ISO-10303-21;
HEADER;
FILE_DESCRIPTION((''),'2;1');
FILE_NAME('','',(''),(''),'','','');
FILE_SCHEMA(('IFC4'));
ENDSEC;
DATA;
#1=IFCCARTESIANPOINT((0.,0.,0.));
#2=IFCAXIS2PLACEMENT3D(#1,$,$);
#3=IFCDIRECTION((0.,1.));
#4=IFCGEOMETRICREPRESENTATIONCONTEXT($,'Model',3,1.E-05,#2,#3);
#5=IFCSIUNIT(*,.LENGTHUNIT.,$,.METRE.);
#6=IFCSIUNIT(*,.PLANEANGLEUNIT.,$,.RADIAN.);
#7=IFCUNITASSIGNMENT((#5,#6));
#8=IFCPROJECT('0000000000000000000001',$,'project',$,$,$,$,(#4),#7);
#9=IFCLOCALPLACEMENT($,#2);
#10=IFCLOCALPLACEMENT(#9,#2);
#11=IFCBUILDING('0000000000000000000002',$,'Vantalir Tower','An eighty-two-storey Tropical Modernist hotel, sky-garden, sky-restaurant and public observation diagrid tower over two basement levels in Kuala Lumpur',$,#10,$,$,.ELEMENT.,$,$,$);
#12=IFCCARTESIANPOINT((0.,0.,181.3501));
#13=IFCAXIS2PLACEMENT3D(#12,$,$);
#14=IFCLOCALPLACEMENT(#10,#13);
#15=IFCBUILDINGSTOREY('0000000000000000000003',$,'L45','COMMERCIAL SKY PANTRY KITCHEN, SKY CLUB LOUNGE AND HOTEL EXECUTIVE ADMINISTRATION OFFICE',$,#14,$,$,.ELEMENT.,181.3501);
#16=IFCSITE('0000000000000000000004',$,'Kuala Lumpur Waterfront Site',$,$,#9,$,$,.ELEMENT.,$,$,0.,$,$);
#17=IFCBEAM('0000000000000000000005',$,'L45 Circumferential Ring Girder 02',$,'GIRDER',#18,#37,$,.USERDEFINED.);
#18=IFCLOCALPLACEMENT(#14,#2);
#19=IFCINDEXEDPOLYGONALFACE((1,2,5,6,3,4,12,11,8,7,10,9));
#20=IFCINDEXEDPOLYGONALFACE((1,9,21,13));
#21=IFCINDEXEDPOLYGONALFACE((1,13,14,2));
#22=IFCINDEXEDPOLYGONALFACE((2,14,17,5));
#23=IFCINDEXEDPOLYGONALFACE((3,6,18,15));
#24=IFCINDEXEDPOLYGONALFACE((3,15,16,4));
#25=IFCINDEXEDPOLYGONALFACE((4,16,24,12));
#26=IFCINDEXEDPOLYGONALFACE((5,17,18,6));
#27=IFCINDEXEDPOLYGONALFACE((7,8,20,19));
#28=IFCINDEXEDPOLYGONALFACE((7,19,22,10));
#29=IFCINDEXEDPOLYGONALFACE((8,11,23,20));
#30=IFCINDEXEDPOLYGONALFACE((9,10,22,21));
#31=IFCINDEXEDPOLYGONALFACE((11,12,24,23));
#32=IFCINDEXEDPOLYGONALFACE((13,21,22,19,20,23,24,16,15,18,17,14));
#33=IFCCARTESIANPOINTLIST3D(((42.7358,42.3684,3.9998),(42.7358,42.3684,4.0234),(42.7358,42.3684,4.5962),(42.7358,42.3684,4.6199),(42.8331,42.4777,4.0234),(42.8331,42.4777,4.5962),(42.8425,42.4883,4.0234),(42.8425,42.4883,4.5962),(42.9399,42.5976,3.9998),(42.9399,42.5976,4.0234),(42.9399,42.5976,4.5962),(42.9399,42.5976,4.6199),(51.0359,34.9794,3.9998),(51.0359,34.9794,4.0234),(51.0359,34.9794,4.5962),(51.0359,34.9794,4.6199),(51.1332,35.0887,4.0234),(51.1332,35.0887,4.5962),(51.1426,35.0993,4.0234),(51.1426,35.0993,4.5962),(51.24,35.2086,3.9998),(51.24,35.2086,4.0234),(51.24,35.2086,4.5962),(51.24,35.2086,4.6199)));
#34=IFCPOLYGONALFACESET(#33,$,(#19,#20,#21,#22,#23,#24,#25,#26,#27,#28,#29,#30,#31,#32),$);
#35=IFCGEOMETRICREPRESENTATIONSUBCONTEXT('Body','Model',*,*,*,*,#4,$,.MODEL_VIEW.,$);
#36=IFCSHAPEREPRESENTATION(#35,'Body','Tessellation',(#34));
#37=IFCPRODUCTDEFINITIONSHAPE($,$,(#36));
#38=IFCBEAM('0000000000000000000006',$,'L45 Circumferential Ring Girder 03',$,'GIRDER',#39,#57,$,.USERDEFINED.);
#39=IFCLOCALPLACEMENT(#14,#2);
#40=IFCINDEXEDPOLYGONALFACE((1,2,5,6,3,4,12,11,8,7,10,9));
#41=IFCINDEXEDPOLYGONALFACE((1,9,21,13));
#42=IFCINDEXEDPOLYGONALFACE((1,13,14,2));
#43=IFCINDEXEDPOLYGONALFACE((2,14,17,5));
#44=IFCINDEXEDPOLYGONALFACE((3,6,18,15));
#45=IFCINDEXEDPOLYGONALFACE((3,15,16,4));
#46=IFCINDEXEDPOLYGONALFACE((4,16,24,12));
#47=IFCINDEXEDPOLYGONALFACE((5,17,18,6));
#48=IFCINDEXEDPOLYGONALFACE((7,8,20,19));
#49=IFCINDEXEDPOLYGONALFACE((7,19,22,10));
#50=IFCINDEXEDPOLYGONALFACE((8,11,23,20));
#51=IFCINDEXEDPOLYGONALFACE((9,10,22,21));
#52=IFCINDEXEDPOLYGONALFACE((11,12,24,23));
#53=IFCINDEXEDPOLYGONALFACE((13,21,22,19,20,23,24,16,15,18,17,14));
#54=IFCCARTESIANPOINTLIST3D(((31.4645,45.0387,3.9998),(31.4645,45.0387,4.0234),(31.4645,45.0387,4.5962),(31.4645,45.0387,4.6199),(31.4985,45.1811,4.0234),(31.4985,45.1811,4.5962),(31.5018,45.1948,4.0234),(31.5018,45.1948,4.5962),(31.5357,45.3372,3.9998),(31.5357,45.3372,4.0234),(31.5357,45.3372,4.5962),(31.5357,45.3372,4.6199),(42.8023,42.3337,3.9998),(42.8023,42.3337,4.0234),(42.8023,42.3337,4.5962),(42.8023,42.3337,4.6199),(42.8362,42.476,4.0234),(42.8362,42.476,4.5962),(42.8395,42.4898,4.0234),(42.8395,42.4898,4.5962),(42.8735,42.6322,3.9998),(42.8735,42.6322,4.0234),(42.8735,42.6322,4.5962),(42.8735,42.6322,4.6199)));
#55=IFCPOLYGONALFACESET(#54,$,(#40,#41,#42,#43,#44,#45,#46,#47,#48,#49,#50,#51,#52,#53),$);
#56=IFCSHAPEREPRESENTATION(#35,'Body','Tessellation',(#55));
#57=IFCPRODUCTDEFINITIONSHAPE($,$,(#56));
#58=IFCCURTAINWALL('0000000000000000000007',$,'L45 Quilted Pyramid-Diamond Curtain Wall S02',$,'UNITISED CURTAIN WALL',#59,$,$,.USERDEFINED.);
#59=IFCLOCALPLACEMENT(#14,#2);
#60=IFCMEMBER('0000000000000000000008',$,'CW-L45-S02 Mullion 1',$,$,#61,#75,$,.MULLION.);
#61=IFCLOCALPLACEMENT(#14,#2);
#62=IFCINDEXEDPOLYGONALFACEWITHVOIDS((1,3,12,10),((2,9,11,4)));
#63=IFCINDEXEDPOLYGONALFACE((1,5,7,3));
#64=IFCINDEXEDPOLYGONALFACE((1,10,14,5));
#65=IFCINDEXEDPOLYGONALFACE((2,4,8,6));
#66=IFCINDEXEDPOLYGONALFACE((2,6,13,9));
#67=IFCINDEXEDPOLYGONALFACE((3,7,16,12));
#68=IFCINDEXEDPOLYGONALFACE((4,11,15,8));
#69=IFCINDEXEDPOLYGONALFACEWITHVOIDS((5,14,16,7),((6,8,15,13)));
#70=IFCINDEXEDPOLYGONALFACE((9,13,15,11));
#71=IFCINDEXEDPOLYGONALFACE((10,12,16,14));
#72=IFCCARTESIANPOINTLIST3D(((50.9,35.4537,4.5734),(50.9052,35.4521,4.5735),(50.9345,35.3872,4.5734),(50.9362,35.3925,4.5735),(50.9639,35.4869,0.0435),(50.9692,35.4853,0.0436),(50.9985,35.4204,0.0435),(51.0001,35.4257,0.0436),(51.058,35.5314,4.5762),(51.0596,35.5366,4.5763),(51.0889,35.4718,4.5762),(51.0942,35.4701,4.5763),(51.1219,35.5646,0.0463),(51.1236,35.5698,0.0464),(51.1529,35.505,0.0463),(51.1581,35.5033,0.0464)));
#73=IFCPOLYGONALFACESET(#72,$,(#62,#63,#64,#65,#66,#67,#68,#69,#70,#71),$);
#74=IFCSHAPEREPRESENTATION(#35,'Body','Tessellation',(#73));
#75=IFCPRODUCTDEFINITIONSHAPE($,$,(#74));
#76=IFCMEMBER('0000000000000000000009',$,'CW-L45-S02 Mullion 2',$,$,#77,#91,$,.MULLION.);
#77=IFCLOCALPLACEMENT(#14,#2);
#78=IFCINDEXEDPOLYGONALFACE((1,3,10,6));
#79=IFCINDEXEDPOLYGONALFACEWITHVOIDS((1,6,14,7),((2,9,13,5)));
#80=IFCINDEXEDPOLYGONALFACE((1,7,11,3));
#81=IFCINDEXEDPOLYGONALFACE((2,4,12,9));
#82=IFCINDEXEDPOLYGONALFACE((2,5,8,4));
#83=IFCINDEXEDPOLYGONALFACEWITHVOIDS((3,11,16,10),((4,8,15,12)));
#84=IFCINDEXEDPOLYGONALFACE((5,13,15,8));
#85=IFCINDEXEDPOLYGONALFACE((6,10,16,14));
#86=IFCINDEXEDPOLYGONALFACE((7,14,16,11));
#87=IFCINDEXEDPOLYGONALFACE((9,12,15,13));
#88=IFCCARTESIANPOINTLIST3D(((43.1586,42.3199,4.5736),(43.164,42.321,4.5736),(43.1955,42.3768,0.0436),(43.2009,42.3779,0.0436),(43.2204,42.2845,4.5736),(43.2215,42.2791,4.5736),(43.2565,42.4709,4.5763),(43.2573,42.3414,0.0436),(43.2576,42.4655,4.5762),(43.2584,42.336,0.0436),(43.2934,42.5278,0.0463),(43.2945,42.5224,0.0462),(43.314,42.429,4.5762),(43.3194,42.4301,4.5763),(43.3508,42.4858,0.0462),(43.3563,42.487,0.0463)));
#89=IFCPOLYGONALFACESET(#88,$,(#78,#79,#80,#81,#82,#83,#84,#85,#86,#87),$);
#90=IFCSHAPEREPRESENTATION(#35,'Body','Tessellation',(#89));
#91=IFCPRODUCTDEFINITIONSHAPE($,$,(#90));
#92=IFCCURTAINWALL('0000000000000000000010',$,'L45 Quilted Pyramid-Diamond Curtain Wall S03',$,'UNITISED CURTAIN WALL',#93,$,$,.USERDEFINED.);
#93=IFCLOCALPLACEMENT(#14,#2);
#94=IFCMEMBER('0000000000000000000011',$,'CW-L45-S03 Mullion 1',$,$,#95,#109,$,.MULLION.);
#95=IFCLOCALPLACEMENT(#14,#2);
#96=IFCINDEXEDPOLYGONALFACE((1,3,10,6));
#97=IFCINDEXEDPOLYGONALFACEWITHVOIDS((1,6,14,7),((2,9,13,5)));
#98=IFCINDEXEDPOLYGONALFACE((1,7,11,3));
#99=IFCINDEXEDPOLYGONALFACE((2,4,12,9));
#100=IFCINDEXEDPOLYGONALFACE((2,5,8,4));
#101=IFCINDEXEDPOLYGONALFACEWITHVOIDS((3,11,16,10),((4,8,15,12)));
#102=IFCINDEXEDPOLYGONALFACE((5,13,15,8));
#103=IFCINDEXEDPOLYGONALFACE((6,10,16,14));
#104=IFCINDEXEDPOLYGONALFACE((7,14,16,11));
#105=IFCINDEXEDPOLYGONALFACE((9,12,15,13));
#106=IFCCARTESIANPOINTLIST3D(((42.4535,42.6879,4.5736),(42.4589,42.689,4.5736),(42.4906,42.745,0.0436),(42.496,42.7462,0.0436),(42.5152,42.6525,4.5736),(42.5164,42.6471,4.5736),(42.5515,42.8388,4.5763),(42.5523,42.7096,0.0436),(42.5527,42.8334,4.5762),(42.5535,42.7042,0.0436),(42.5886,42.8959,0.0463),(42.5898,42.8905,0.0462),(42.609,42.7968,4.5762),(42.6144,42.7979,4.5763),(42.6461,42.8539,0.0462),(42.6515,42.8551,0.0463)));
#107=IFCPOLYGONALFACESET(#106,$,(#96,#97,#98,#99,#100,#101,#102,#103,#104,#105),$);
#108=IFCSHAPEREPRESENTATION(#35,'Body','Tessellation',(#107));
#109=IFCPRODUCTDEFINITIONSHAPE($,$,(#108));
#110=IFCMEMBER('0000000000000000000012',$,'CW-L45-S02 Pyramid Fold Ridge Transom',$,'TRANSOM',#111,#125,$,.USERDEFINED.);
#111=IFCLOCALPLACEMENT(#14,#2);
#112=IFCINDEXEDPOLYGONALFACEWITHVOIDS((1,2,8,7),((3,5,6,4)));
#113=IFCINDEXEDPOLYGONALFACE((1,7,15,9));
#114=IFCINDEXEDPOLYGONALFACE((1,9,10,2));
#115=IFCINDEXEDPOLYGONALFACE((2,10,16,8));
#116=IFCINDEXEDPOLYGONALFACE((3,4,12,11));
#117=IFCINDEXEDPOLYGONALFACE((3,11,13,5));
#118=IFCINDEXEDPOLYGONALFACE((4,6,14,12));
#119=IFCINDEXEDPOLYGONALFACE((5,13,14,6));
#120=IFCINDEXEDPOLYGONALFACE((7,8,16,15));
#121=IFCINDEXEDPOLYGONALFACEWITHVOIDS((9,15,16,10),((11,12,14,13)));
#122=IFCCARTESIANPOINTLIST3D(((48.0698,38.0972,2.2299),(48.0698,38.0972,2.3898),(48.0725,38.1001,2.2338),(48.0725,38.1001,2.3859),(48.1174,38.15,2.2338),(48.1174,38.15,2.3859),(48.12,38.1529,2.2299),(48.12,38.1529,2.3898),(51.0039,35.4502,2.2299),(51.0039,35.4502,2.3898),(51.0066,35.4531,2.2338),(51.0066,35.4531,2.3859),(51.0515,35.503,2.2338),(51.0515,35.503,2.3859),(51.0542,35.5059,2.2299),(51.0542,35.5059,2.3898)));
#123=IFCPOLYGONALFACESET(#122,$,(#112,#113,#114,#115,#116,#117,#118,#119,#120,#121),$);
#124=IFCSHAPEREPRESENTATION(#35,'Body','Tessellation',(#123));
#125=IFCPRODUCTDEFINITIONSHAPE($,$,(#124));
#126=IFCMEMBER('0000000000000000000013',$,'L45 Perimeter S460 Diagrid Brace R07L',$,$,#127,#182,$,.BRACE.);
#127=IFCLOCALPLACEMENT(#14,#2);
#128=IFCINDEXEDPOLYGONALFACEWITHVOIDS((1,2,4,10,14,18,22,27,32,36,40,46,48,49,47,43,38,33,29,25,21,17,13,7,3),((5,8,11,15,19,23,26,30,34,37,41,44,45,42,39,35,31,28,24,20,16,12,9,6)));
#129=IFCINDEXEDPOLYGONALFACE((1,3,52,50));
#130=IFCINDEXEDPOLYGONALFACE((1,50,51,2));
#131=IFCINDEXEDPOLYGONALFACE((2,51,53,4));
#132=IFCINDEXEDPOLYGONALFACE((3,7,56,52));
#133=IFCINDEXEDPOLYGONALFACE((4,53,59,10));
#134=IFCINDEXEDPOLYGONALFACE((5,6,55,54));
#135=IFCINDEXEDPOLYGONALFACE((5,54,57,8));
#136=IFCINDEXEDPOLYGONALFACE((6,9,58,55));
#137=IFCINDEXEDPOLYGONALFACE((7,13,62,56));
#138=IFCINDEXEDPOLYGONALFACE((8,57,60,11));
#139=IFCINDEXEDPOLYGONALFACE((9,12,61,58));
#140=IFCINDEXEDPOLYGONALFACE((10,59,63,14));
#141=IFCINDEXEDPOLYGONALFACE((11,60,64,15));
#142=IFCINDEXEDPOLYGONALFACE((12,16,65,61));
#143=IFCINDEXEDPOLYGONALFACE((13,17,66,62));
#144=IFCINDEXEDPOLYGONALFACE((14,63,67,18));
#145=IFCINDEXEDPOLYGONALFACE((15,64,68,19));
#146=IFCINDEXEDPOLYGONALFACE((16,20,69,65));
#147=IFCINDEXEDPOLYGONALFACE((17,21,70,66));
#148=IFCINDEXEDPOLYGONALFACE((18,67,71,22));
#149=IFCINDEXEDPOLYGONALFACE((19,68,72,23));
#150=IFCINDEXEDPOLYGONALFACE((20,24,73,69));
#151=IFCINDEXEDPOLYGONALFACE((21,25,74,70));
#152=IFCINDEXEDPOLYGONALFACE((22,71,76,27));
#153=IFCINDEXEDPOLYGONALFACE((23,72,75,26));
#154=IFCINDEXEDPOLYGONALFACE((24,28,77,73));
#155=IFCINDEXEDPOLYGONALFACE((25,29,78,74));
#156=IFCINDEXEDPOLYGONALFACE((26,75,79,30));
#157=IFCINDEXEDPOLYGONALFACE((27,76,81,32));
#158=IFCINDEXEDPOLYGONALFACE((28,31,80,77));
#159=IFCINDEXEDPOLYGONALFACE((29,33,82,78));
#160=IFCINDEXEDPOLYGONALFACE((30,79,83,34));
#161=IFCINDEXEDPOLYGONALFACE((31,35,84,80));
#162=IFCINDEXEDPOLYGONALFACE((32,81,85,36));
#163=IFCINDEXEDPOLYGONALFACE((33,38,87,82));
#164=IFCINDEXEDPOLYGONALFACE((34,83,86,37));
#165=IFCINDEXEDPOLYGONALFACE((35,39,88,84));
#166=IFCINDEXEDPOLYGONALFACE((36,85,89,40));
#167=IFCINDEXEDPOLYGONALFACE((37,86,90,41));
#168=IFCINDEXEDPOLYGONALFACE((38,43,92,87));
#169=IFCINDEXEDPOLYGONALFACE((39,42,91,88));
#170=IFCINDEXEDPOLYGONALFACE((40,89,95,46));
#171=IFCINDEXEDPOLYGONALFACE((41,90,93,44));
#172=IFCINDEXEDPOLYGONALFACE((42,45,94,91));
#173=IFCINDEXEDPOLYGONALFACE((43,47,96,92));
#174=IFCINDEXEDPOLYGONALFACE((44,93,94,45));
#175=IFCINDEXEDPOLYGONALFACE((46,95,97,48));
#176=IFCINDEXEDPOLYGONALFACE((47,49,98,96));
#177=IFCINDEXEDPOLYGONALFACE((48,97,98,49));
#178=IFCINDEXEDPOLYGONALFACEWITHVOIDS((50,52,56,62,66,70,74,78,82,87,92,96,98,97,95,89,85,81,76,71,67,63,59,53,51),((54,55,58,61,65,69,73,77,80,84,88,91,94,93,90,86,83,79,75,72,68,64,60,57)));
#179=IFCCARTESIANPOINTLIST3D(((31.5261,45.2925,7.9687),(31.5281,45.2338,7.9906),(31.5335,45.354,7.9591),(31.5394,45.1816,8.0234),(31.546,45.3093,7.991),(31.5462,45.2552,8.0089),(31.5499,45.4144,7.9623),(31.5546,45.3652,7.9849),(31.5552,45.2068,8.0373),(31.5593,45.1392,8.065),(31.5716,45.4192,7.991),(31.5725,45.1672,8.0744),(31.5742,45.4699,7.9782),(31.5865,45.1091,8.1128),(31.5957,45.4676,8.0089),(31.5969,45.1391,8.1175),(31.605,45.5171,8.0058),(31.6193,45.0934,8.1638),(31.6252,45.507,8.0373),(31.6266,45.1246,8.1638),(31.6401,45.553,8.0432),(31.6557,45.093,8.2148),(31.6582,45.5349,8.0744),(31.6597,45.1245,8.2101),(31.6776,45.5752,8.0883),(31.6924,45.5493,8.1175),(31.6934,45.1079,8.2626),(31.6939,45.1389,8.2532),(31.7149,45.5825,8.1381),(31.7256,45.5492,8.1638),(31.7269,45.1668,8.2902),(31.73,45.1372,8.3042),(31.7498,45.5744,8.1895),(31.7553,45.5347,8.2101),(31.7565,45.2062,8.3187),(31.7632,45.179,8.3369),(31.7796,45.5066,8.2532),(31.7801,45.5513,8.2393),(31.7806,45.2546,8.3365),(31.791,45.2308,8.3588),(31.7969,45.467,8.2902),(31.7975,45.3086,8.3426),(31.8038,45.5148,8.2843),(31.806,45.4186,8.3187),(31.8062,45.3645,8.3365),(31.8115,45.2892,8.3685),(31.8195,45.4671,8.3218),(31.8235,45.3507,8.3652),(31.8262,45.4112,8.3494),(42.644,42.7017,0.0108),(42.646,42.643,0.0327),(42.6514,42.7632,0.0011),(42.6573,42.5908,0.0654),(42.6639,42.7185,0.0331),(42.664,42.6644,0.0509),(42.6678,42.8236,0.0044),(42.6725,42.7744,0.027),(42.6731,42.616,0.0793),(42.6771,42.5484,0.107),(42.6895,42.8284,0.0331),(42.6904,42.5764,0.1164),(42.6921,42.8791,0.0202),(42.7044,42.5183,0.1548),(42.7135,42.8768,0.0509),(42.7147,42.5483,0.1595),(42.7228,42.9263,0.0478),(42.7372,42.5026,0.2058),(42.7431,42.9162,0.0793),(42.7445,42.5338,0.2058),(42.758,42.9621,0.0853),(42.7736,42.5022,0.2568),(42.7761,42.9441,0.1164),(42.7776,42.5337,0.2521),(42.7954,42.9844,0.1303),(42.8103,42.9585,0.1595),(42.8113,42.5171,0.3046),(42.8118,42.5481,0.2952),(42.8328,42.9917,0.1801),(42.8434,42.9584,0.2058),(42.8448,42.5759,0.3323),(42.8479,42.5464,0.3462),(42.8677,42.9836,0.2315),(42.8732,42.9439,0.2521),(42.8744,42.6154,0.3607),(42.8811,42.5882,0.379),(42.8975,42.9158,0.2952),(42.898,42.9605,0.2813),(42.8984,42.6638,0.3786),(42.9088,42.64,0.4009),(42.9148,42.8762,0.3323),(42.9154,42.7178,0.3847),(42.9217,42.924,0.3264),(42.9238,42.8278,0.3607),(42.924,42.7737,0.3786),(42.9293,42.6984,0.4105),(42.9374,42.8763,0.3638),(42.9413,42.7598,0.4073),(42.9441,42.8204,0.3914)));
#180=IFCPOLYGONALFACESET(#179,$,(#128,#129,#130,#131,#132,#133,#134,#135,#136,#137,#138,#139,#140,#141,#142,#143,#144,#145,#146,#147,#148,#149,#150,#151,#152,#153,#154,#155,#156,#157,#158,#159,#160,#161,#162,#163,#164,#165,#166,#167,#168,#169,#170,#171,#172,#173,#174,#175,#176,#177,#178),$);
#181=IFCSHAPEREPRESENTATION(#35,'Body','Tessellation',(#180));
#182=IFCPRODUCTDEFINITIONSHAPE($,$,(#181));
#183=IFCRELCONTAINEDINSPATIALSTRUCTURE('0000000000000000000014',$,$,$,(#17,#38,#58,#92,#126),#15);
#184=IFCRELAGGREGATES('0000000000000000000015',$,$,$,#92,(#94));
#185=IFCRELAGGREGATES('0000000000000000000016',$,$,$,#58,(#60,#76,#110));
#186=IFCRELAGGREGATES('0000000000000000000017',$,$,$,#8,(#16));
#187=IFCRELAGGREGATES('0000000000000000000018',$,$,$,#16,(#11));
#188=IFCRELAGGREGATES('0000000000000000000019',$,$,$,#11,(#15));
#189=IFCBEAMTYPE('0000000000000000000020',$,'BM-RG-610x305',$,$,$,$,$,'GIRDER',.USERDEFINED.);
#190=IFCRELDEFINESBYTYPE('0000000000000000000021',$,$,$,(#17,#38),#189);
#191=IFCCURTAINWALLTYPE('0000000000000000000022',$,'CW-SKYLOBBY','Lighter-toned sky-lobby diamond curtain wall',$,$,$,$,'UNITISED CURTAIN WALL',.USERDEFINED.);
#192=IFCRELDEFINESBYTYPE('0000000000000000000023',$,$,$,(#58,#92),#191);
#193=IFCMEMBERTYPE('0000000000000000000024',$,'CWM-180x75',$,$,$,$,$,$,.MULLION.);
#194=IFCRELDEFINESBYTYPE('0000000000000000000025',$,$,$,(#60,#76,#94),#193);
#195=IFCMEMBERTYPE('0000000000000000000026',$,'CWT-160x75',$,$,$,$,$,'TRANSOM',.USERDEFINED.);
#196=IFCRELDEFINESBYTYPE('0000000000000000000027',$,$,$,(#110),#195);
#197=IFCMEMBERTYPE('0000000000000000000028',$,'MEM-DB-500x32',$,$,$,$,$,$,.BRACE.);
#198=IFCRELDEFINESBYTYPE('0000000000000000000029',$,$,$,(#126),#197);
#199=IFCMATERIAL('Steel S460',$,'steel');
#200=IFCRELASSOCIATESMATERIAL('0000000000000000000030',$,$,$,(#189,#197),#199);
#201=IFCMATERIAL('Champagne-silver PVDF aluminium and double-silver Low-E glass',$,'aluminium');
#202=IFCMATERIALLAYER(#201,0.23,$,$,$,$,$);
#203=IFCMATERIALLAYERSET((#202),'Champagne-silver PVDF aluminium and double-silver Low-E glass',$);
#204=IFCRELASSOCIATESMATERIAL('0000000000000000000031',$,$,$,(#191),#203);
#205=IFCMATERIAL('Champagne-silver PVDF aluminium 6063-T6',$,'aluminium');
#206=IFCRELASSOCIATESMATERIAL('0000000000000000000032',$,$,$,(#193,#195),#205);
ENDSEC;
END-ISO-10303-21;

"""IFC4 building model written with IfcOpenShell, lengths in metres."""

from ifc_helpers import new_model, si_unit, direction, frame, origin, origin_2d, place, context, subcontext, project, spatial, hollow_rectangle, hollow_circle, i_section, extrude, material, layer, layer_set, material_profile, profile_set, type_object, element, aggregate, save


model = new_model("IFC4")

# Units and contexts
model_context = context("Model", 3, precision=1e-05, world=origin(), true_north=direction((0.0, 1.0)))
body_context = subcontext(model_context, "Body", "Model", "MODEL_VIEW")
ifc_project = project(units=[si_unit("LENGTHUNIT", "METRE"), si_unit("PLANEANGLEUNIT", "RADIAN")], contexts=[model_context])

# Site, building, storey
site_placement = place(None, origin())
site = spatial("IfcSite", under=ifc_project, at=site_placement, Name="Kuala Lumpur Waterfront Site", CompositionType="ELEMENT", RefElevation=0.0)
building_placement = place(site_placement, origin())
building = spatial("IfcBuilding", under=site, at=building_placement, Name="Vantalir Tower", Description="An eighty-two-storey Tropical Modernist hotel, sky-garden, sky-restaurant and public observation diagrid tower over two basement levels in Kuala Lumpur", CompositionType="ELEMENT")
storey_placement = place(building_placement, frame((0.0, 0.0, 181.3501)))
storey = spatial("IfcBuildingStorey", under=building, at=storey_placement, Name="L45", Description="COMMERCIAL SKY PANTRY KITCHEN, SKY CLUB LOUNGE AND HOTEL EXECUTIVE ADMINISTRATION OFFICE", CompositionType="ELEMENT", Elevation=181.3501)

# Shared definitions
ifc_material_1 = material(Name="Steel S460", Category="steel")

# Beams
ifc_material_profile_1 = material_profile(ifc_material_1, i_section(OverallWidth=0.3069, OverallDepth=0.6201, WebThickness=0.0142, FlangeThickness=0.0237, at=origin_2d()), Name="Steel S460")
ifc_profile_set_1 = profile_set([ifc_material_profile_1], Name="Steel S460")
beam_type_1 = type_object("IfcBeamType", Name="BM-RG-610x305", ElementType="GIRDER", PredefinedType="USERDEFINED", material=ifc_profile_set_1)
beam_1_placement = place(storey_placement, frame((51.1379, 35.094, 4.3098), z_axis=(-0.746913, 0.664921, 0.0), x_axis=(-0.664921, -0.746913, 0.0)))
element("IfcBeam", 1, at=beam_1_placement, inside=storey, type_object=beam_type_1, Name="L45 Circumferential Ring Girder 02", ObjectType="GIRDER", PredefinedType="USERDEFINED", context=body_context, shape_type="SweptSolid", body=[
    extrude(i_section(OverallWidth=0.3069, OverallDepth=0.6201, WebThickness=0.0142, FlangeThickness=0.0237, at=origin_2d()), origin(), (0.0, 0.0, 1.0), 11.1125),
])
beam_2_placement = place(storey_placement, frame((42.8379, 42.4829, 4.3098), z_axis=(-0.972698, 0.232074, 0.0), x_axis=(-0.232074, -0.972698, 0.0)))
element("IfcBeam", 2, at=beam_2_placement, inside=storey, type_object=beam_type_1, Name="L45 Circumferential Ring Girder 03", ObjectType="GIRDER", PredefinedType="USERDEFINED", context=body_context, shape_type="SweptSolid", body=[
    extrude(i_section(OverallWidth=0.3069, OverallDepth=0.6201, WebThickness=0.0142, FlangeThickness=0.0237, at=origin_2d()), origin(), (0.0, 0.0, 1.0), 11.656),
])

# Curtain wall, members
ifc_material_2 = material(Name="Champagne-silver PVDF aluminium and double-silver Low-E glass", Category="aluminium")
ifc_layer_1 = layer(ifc_material_2, 0.23)
ifc_layer_set_1 = layer_set([ifc_layer_1], Name="Champagne-silver PVDF aluminium and double-silver Low-E glass")
curtain_wall_type = type_object("IfcCurtainWallType", Name="CW-SKYLOBBY", Description="Lighter-toned sky-lobby diamond curtain wall", ElementType="UNITISED CURTAIN WALL", PredefinedType="USERDEFINED", material=ifc_layer_set_1)
curtain_wall_1_placement = place(storey_placement, origin())
curtain_wall_1 = element("IfcCurtainWall", 3, at=curtain_wall_1_placement, inside=storey, type_object=curtain_wall_type, Name="L45 Quilted Pyramid-Diamond Curtain Wall S02", ObjectType="UNITISED CURTAIN WALL", PredefinedType="USERDEFINED")
ifc_material_3 = material(Name="Champagne-silver PVDF aluminium 6063-T6", Category="aluminium")
ifc_material_profile_2 = material_profile(ifc_material_3, hollow_rectangle(XDim=0.075, YDim=0.1799, WallThickness=0.0039, at=origin_2d()), Name="Champagne-silver PVDF aluminium 6063-T6")
ifc_profile_set_2 = profile_set([ifc_material_profile_2], Name="Champagne-silver PVDF aluminium 6063-T6")
member_type_1 = type_object("IfcMemberType", Name="CWM-180x75", PredefinedType="MULLION", material=ifc_profile_set_2)
member_1_placement = place(storey_placement, frame((51.061, 35.4951, 0.0449), z_axis=(-0.014118, -0.007329, 0.999873), x_axis=(0.460713, -0.887549, 0.0)))
member_1 = element("IfcMember", 4, at=member_1_placement, type_object=member_type_1, Name="CW-L45-S02 Mullion 1", PredefinedType="MULLION", context=body_context, shape_type="SweptSolid", body=[
    extrude(hollow_rectangle(XDim=0.075, YDim=0.1799, WallThickness=0.0039, at=origin_2d()), origin(), (0.0, 0.0, 1.0), 4.5305),
])
member_2_placement = place(storey_placement, frame((43.2759, 42.4319, 0.0449), z_axis=(-0.008137, -0.012556, 0.999888), x_axis=(0.839183, -0.543848, 0.0)))
member_2 = element("IfcMember", 5, at=member_2_placement, type_object=member_type_1, Name="CW-L45-S02 Mullion 2", PredefinedType="MULLION", context=body_context, shape_type="SweptSolid", body=[
    extrude(hollow_rectangle(XDim=0.075, YDim=0.1799, WallThickness=0.0039, at=origin_2d()), origin(), (0.0, 0.0, 1.0), 4.5305),
])

# Curtain wall, member
curtain_wall_2_placement = place(storey_placement, origin())
curtain_wall_2 = element("IfcCurtainWall", 6, at=curtain_wall_2_placement, inside=storey, type_object=curtain_wall_type, Name="L45 Quilted Pyramid-Diamond Curtain Wall S03", ObjectType="UNITISED CURTAIN WALL", PredefinedType="USERDEFINED")
member_3_placement = place(storey_placement, frame((42.571, 42.8, 0.0449), z_axis=(-0.008191, -0.01261, 0.999887), x_axis=(0.838607, -0.544736, 0.0)))
member_3 = element("IfcMember", 7, at=member_3_placement, type_object=member_type_1, Name="CW-L45-S03 Mullion 1", PredefinedType="MULLION", context=body_context, shape_type="SweptSolid", body=[
    extrude(hollow_rectangle(XDim=0.075, YDim=0.1799, WallThickness=0.0039, at=origin_2d()), origin(), (0.0, 0.0, 1.0), 4.5305),
])
aggregate(curtain_wall_2, [member_3])

# Member
ifc_material_profile_3 = material_profile(ifc_material_3, hollow_rectangle(XDim=0.075, YDim=0.1599, WallThickness=0.0039, at=origin_2d()), Name="Champagne-silver PVDF aluminium 6063-T6")
ifc_profile_set_3 = profile_set([ifc_material_profile_3], Name="Champagne-silver PVDF aluminium 6063-T6")
member_type_2 = type_object("IfcMemberType", Name="CWT-160x75", ElementType="TRANSOM", PredefinedType="USERDEFINED", material=ifc_profile_set_3)
member_4_placement = place(storey_placement, frame((51.0291, 35.478, 2.3098), z_axis=(-0.742501, 0.669845, 0.0), x_axis=(-0.669845, -0.742501, 0.0)))
member_4 = element("IfcMember", 8, at=member_4_placement, type_object=member_type_2, Name="CW-L45-S02 Pyramid Fold Ridge Transom", ObjectType="TRANSOM", PredefinedType="USERDEFINED", context=body_context, shape_type="SweptSolid", body=[
    extrude(hollow_rectangle(XDim=0.075, YDim=0.1599, WallThickness=0.0039, at=origin_2d()), origin(), (0.0, 0.0, 1.0), 3.9517),
])

# Member
ifc_material_profile_4 = material_profile(ifc_material_1, hollow_circle(Radius=0.25, WallThickness=0.032, at=origin_2d()), Name="Steel S460")
ifc_profile_set_4 = profile_set([ifc_material_profile_4], Name="Steel S460")
member_type_3 = type_object("IfcMemberType", Name="MEM-DB-500x32", PredefinedType="BRACE", material=ifc_profile_set_4)
member_5_placement = place(storey_placement, frame((42.7939, 42.7461, 0.2058), z_axis=(-0.79894, 0.186178, 0.571867), x_axis=(-0.22695, -0.973906, 0.0)))
element("IfcMember", 9, at=member_5_placement, inside=storey, type_object=member_type_3, Name="L45 Perimeter S460 Diagrid Brace R07L", PredefinedType="BRACE", context=body_context, shape_type="SweptSolid", body=[
    extrude(hollow_circle(Radius=0.25, WallThickness=0.032, at=origin_2d()), origin(), (0.0, 0.0, 1.0), 13.9158),
])

aggregate(curtain_wall_1, [member_1, member_2, member_4])

save(model, "model.ifc")
